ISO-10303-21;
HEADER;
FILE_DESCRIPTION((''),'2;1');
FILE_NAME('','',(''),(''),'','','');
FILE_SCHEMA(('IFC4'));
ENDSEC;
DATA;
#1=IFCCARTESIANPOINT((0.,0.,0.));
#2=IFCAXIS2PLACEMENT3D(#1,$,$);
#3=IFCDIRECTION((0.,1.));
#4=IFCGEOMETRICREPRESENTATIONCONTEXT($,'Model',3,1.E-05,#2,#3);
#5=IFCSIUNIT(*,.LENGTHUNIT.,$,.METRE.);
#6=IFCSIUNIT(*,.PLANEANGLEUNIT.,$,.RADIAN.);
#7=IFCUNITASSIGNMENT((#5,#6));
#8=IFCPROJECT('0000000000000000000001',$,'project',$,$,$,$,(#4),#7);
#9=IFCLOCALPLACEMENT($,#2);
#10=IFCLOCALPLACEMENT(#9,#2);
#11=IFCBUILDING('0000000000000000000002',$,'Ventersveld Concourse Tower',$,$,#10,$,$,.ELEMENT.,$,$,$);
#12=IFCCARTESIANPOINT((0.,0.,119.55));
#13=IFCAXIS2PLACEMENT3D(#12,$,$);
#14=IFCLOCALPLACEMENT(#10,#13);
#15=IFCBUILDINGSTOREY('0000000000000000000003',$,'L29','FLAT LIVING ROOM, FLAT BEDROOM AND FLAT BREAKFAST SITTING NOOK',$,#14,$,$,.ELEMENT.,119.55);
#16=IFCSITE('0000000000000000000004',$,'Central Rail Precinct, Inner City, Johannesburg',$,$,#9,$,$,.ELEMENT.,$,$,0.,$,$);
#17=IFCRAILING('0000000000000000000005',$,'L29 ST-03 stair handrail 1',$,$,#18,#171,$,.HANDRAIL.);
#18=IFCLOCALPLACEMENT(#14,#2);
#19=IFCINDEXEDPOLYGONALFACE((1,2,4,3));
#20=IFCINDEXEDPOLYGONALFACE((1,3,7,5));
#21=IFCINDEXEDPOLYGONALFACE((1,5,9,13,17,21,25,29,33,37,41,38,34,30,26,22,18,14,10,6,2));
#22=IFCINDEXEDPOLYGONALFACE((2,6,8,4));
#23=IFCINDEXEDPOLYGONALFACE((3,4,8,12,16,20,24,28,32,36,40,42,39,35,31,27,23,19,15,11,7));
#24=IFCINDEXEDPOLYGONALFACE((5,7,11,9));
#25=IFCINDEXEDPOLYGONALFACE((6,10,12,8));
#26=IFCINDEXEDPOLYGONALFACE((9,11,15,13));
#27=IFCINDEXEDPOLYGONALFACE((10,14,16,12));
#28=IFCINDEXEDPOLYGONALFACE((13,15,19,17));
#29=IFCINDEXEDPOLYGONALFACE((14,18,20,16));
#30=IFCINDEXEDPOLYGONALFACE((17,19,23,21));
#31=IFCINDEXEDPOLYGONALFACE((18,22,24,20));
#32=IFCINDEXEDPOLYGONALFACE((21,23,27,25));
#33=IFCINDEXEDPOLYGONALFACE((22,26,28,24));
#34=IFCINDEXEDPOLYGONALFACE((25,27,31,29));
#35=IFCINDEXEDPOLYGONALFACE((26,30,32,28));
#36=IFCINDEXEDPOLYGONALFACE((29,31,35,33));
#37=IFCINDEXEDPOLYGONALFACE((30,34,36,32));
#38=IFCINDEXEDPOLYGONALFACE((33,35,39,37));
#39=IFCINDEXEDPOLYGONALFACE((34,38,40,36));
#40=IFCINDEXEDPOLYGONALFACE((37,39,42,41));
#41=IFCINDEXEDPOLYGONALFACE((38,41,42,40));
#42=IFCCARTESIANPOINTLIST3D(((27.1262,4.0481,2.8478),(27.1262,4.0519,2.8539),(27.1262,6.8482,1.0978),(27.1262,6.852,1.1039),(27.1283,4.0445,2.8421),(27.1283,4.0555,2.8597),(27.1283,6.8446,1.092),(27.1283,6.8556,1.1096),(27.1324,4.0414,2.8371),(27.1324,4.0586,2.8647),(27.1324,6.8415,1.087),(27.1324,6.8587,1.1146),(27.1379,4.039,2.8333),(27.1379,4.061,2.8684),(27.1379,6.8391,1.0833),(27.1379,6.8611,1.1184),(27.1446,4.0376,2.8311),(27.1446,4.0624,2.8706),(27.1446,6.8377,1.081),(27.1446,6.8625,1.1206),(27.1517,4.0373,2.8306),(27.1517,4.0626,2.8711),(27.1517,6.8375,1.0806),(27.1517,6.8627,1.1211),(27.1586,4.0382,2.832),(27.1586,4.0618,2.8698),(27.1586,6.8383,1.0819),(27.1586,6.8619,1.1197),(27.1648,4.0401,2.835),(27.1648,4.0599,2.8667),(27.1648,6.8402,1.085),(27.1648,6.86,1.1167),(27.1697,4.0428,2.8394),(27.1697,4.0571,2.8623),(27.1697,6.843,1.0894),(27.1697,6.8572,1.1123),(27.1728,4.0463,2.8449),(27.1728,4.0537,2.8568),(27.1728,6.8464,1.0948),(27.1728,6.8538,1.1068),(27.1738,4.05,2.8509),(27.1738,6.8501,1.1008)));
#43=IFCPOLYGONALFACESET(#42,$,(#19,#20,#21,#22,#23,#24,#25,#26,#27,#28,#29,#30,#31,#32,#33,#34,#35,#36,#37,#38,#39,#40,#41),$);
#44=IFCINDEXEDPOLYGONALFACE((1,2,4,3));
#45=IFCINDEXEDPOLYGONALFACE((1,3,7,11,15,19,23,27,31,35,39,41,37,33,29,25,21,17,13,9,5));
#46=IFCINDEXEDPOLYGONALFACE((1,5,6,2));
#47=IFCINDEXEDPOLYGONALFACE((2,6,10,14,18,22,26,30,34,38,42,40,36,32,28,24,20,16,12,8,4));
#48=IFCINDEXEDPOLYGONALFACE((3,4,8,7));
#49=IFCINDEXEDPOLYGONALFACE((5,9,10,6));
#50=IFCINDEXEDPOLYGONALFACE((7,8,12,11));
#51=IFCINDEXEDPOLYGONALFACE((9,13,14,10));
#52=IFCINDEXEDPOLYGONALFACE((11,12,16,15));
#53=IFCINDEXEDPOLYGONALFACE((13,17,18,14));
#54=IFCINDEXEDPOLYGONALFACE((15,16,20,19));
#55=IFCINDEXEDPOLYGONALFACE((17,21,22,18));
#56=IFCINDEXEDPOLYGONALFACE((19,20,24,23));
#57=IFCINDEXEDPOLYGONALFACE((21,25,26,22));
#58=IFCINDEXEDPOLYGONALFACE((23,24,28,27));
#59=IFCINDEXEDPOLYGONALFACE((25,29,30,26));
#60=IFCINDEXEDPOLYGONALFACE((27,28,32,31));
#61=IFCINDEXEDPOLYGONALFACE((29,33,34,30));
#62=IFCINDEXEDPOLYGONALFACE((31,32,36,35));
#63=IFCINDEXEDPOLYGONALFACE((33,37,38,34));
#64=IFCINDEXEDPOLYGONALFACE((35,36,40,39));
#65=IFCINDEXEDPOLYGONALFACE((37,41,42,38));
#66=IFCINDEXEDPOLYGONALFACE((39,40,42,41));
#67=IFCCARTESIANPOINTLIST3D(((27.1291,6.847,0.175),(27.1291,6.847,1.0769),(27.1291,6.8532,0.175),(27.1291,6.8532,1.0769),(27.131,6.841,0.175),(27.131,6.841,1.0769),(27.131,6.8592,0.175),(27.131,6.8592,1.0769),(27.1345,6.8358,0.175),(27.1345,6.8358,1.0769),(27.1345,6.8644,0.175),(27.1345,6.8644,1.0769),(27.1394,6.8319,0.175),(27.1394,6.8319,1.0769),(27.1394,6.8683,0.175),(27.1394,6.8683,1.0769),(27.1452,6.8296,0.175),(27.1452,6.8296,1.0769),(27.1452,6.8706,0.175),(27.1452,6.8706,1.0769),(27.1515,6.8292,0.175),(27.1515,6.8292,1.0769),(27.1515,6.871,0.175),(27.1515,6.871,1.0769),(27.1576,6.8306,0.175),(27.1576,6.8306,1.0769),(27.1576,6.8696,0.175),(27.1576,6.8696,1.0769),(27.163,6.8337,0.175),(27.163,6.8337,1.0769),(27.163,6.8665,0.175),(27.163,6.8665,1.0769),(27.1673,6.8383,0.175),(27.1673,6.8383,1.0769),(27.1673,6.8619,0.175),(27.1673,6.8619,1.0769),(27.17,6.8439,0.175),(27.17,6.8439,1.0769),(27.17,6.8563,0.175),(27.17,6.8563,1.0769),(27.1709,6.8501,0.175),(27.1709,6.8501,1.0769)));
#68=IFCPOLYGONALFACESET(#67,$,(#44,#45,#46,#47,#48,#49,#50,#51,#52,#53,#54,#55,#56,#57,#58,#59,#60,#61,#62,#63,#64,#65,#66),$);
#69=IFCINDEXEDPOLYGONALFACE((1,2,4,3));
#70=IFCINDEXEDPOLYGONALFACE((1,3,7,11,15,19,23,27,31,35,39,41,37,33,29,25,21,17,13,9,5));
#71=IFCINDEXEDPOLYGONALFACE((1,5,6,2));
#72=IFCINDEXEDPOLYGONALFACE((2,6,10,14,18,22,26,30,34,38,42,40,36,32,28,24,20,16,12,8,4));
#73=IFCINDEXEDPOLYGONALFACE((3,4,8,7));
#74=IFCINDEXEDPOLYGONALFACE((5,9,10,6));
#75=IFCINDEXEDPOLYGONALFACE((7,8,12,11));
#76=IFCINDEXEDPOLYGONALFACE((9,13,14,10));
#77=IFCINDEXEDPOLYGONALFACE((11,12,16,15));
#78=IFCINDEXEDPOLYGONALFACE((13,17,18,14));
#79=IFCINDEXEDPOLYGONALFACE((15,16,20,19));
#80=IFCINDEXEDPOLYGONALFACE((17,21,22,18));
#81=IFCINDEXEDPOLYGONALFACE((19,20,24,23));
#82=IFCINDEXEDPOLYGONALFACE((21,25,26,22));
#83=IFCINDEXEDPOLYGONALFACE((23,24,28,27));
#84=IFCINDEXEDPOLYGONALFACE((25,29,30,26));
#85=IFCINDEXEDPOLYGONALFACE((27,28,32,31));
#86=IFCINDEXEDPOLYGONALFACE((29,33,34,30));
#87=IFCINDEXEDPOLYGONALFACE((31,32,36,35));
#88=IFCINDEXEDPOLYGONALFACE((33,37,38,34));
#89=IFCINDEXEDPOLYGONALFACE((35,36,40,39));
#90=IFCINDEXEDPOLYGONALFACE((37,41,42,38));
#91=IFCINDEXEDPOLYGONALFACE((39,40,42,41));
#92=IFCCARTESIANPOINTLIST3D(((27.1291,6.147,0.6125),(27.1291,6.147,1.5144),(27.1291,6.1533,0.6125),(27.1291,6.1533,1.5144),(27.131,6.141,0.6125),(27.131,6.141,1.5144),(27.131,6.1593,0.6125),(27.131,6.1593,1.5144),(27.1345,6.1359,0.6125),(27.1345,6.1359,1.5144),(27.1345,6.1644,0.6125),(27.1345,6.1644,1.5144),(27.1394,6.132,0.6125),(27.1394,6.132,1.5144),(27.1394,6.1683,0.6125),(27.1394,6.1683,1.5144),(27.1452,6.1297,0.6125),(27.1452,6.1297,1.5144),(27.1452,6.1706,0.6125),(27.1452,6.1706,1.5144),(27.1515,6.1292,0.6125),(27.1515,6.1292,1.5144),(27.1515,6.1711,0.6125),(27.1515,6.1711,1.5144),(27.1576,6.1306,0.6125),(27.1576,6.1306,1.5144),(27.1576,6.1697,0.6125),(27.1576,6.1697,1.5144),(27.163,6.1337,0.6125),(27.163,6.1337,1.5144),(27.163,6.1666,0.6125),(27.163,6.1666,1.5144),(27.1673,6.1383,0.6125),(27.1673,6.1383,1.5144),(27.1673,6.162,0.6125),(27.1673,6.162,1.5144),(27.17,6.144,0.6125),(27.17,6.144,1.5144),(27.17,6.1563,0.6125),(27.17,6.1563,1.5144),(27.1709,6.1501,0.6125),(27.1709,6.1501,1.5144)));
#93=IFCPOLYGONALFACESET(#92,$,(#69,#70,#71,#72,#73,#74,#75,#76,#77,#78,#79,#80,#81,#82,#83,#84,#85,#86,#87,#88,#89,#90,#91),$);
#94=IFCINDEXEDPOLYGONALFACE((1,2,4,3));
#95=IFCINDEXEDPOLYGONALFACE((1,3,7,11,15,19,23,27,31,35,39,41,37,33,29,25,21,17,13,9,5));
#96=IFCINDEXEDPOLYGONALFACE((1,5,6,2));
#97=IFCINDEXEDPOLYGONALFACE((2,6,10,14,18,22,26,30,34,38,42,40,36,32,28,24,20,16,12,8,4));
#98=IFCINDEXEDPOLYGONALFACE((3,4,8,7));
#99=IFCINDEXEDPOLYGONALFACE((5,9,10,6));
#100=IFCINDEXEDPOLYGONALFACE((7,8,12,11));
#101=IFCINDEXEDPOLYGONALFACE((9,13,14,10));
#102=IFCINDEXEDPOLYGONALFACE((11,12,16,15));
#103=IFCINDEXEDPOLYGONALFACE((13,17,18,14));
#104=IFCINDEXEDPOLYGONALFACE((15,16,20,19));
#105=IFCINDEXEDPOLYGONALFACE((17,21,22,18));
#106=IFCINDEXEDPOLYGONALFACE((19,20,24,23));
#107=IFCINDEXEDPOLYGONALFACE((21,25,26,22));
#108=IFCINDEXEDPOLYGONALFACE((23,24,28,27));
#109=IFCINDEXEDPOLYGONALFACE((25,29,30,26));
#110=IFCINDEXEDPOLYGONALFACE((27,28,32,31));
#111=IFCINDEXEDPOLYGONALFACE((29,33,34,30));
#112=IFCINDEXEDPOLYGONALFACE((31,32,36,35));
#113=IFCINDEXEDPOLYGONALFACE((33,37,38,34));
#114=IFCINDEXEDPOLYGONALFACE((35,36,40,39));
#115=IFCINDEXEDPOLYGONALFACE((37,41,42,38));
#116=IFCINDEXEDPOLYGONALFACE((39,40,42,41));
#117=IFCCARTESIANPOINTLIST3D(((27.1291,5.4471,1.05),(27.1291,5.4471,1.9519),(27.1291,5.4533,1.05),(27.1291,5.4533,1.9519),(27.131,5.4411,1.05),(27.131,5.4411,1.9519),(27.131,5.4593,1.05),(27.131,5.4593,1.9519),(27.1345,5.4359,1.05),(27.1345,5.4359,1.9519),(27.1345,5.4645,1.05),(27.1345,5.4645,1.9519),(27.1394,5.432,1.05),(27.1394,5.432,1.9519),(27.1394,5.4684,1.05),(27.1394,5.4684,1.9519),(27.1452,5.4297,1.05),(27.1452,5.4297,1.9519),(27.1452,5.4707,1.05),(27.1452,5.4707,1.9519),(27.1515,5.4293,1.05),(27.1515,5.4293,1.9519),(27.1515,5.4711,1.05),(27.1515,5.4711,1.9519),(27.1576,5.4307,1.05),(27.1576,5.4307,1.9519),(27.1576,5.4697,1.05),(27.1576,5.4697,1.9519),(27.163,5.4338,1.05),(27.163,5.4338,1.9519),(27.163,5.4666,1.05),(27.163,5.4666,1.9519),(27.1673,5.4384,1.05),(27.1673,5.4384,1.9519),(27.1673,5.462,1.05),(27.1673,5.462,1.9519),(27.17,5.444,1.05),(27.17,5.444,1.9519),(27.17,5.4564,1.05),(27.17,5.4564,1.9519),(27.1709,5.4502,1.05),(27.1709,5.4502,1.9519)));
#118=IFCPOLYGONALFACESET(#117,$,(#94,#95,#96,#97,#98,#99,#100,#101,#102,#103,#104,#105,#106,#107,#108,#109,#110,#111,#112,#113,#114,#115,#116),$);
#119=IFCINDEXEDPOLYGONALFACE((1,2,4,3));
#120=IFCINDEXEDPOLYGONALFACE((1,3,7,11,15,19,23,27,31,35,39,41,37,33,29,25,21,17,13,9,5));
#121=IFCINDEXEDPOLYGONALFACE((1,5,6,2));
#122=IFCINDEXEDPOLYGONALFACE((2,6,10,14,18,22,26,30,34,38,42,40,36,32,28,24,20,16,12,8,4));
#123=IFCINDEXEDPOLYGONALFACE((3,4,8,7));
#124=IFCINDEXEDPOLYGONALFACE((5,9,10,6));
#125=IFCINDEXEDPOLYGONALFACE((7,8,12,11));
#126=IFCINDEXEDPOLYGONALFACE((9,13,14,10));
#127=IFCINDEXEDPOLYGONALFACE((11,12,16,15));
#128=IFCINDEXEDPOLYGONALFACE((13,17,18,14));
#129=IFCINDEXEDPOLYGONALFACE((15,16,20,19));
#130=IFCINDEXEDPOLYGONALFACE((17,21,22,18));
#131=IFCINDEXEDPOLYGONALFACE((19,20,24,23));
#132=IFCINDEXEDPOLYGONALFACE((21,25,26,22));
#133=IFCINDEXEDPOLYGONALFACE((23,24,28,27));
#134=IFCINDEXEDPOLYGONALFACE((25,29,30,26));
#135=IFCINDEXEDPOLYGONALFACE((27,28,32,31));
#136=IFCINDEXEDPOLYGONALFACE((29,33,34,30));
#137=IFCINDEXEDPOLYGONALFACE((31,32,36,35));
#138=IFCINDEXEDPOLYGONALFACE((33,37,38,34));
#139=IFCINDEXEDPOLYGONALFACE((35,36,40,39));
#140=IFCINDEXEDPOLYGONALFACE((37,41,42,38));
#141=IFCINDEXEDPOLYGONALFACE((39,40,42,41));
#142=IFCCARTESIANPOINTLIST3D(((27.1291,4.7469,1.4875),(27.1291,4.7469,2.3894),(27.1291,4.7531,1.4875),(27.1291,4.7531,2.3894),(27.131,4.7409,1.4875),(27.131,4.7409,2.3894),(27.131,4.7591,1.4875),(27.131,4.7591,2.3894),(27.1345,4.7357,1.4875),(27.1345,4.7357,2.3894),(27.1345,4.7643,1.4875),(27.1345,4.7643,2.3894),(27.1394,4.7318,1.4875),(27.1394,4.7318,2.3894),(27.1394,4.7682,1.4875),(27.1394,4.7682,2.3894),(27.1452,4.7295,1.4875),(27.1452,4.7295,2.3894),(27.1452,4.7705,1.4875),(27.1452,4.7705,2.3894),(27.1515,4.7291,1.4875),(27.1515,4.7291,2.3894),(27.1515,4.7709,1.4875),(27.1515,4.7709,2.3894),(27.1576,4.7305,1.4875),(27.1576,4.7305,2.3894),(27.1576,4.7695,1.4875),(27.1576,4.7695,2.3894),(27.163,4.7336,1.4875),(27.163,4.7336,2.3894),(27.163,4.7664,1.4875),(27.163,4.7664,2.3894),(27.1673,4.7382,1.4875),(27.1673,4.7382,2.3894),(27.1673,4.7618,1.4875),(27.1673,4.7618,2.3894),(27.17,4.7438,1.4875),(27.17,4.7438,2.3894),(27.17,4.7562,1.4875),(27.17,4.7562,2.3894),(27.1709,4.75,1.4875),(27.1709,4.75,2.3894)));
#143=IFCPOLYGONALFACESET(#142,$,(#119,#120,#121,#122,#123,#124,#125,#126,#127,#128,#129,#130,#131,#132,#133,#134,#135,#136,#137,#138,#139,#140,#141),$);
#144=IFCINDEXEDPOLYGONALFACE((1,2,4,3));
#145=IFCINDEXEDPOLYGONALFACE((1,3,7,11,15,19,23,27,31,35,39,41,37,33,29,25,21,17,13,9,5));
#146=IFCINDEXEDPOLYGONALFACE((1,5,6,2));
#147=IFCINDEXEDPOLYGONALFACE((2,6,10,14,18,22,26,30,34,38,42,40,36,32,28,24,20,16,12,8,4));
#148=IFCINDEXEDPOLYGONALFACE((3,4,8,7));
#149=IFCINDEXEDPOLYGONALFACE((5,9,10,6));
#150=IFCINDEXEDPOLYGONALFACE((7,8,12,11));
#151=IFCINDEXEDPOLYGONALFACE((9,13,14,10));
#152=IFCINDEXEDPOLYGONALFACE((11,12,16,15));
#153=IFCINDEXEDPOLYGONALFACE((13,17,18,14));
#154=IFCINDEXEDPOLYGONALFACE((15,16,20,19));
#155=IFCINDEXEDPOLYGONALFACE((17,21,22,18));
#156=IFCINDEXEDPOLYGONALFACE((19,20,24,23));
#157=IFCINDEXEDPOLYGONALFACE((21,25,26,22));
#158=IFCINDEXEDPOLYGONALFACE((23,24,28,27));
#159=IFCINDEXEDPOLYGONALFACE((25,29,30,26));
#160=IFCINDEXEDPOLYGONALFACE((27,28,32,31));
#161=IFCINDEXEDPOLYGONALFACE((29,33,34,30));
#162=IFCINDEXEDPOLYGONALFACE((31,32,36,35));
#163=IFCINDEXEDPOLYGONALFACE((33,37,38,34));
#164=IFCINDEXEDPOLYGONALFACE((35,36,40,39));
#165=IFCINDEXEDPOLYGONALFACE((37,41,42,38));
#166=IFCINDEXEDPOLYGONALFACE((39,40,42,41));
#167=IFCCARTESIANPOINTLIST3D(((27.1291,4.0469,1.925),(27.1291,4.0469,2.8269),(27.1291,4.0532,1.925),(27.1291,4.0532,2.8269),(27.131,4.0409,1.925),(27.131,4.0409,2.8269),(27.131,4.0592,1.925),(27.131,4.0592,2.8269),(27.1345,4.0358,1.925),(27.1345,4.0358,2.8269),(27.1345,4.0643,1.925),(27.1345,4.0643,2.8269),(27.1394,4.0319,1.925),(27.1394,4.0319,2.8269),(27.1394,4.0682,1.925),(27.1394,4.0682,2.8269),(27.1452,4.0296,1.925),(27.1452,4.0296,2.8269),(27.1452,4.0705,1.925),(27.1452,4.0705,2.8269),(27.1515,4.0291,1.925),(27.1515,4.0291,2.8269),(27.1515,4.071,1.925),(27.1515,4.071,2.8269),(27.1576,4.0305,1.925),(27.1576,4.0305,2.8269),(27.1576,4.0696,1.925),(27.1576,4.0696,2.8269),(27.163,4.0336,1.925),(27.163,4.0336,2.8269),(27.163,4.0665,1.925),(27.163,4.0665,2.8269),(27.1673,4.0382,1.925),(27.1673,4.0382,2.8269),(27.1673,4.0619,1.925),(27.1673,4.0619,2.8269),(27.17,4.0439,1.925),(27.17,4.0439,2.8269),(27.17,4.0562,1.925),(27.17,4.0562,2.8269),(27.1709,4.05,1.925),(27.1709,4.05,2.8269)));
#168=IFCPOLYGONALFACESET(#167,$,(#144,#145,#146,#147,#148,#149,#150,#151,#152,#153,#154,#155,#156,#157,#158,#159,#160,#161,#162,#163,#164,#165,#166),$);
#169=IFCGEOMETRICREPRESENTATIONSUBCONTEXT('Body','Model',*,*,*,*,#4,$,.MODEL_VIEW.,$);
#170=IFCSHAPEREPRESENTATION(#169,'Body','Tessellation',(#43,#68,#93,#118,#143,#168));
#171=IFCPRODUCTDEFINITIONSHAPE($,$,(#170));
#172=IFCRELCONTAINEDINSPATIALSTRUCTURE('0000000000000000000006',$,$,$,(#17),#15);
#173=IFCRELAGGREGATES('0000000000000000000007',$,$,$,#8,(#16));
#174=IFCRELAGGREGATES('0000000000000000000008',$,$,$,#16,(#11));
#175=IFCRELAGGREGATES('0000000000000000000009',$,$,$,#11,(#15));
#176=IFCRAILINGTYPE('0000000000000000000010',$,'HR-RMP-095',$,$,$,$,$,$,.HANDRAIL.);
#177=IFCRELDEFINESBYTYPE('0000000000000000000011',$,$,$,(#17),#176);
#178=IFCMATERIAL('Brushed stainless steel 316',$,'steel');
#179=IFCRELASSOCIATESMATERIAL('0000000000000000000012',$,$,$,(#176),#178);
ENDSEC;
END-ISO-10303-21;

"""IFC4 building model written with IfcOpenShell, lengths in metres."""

from ifc_helpers import new_model, si_unit, direction, frame, origin, origin_2d, place, context, subcontext, project, spatial, circle, extrude, material, type_object, element, save


model = new_model("IFC4")

# Units and contexts
model_context = context("Model", 3, precision=1e-05, world=origin(), true_north=direction((0.0, 1.0)))
body_context = subcontext(model_context, "Body", "Model", "MODEL_VIEW")
ifc_project = project(units=[si_unit("LENGTHUNIT", "METRE"), si_unit("PLANEANGLEUNIT", "RADIAN")], contexts=[model_context])

# Site, building, storey
site_placement = place(None, origin())
site = spatial("IfcSite", under=ifc_project, at=site_placement, Name="Central Rail Precinct, Inner City, Johannesburg", CompositionType="ELEMENT", RefElevation=0.0)
building_placement = place(site_placement, origin())
building = spatial("IfcBuilding", under=site, at=building_placement, Name="Ventersveld Concourse Tower", CompositionType="ELEMENT")
storey_placement = place(building_placement, frame((0.0, 0.0, 119.55)))
storey = spatial("IfcBuildingStorey", under=building, at=storey_placement, Name="L29", Description="FLAT LIVING ROOM, FLAT BEDROOM AND FLAT BREAKFAST SITTING NOOK", CompositionType="ELEMENT", Elevation=119.55)

# Shared definitions
ifc_material_1 = material(Name="Brushed stainless steel 316", Category="steel")

# Railing
railing_type_1 = type_object("IfcRailingType", Name="HR-RMP-095", PredefinedType="HANDRAIL", material=ifc_material_1)
railing_1_placement = place(storey_placement, frame((27.1499, 6.8501, 0.175)))
element("IfcRailing", 1, at=railing_1_placement, inside=storey, type_object=railing_type_1, Name="L29 ST-03 stair handrail 1", PredefinedType="HANDRAIL", context=body_context, shape_type="SweptSolid", body=[
    extrude(circle(Radius=0.0239, at=origin_2d()), frame((0.0, 0.0, 0.9258), z_axis=(0.0, -0.848002, 0.529992), x_axis=(1.0, 0.0, 0.0)), (0.0, 0.0, 1.0), 3.302),
    extrude(circle(Radius=0.021, at=origin_2d()), origin(), (0.0, 0.0, 1.0), 0.9019),
    extrude(circle(Radius=0.021, at=origin_2d()), frame((0.0, -0.7, 0.4375)), (0.0, 0.0, 1.0), 0.9019),
    extrude(circle(Radius=0.021, at=origin_2d()), frame((0.0, -1.3999, 0.875)), (0.0, 0.0, 1.0), 0.9019),
    extrude(circle(Radius=0.021, at=origin_2d()), frame((0.0, -2.1001, 1.3125)), (0.0, 0.0, 1.0), 0.9019),
    extrude(circle(Radius=0.021, at=origin_2d()), frame((0.0, -2.8, 1.75)), (0.0, 0.0, 1.0), 0.9019),
])

save(model, "model.ifc")
